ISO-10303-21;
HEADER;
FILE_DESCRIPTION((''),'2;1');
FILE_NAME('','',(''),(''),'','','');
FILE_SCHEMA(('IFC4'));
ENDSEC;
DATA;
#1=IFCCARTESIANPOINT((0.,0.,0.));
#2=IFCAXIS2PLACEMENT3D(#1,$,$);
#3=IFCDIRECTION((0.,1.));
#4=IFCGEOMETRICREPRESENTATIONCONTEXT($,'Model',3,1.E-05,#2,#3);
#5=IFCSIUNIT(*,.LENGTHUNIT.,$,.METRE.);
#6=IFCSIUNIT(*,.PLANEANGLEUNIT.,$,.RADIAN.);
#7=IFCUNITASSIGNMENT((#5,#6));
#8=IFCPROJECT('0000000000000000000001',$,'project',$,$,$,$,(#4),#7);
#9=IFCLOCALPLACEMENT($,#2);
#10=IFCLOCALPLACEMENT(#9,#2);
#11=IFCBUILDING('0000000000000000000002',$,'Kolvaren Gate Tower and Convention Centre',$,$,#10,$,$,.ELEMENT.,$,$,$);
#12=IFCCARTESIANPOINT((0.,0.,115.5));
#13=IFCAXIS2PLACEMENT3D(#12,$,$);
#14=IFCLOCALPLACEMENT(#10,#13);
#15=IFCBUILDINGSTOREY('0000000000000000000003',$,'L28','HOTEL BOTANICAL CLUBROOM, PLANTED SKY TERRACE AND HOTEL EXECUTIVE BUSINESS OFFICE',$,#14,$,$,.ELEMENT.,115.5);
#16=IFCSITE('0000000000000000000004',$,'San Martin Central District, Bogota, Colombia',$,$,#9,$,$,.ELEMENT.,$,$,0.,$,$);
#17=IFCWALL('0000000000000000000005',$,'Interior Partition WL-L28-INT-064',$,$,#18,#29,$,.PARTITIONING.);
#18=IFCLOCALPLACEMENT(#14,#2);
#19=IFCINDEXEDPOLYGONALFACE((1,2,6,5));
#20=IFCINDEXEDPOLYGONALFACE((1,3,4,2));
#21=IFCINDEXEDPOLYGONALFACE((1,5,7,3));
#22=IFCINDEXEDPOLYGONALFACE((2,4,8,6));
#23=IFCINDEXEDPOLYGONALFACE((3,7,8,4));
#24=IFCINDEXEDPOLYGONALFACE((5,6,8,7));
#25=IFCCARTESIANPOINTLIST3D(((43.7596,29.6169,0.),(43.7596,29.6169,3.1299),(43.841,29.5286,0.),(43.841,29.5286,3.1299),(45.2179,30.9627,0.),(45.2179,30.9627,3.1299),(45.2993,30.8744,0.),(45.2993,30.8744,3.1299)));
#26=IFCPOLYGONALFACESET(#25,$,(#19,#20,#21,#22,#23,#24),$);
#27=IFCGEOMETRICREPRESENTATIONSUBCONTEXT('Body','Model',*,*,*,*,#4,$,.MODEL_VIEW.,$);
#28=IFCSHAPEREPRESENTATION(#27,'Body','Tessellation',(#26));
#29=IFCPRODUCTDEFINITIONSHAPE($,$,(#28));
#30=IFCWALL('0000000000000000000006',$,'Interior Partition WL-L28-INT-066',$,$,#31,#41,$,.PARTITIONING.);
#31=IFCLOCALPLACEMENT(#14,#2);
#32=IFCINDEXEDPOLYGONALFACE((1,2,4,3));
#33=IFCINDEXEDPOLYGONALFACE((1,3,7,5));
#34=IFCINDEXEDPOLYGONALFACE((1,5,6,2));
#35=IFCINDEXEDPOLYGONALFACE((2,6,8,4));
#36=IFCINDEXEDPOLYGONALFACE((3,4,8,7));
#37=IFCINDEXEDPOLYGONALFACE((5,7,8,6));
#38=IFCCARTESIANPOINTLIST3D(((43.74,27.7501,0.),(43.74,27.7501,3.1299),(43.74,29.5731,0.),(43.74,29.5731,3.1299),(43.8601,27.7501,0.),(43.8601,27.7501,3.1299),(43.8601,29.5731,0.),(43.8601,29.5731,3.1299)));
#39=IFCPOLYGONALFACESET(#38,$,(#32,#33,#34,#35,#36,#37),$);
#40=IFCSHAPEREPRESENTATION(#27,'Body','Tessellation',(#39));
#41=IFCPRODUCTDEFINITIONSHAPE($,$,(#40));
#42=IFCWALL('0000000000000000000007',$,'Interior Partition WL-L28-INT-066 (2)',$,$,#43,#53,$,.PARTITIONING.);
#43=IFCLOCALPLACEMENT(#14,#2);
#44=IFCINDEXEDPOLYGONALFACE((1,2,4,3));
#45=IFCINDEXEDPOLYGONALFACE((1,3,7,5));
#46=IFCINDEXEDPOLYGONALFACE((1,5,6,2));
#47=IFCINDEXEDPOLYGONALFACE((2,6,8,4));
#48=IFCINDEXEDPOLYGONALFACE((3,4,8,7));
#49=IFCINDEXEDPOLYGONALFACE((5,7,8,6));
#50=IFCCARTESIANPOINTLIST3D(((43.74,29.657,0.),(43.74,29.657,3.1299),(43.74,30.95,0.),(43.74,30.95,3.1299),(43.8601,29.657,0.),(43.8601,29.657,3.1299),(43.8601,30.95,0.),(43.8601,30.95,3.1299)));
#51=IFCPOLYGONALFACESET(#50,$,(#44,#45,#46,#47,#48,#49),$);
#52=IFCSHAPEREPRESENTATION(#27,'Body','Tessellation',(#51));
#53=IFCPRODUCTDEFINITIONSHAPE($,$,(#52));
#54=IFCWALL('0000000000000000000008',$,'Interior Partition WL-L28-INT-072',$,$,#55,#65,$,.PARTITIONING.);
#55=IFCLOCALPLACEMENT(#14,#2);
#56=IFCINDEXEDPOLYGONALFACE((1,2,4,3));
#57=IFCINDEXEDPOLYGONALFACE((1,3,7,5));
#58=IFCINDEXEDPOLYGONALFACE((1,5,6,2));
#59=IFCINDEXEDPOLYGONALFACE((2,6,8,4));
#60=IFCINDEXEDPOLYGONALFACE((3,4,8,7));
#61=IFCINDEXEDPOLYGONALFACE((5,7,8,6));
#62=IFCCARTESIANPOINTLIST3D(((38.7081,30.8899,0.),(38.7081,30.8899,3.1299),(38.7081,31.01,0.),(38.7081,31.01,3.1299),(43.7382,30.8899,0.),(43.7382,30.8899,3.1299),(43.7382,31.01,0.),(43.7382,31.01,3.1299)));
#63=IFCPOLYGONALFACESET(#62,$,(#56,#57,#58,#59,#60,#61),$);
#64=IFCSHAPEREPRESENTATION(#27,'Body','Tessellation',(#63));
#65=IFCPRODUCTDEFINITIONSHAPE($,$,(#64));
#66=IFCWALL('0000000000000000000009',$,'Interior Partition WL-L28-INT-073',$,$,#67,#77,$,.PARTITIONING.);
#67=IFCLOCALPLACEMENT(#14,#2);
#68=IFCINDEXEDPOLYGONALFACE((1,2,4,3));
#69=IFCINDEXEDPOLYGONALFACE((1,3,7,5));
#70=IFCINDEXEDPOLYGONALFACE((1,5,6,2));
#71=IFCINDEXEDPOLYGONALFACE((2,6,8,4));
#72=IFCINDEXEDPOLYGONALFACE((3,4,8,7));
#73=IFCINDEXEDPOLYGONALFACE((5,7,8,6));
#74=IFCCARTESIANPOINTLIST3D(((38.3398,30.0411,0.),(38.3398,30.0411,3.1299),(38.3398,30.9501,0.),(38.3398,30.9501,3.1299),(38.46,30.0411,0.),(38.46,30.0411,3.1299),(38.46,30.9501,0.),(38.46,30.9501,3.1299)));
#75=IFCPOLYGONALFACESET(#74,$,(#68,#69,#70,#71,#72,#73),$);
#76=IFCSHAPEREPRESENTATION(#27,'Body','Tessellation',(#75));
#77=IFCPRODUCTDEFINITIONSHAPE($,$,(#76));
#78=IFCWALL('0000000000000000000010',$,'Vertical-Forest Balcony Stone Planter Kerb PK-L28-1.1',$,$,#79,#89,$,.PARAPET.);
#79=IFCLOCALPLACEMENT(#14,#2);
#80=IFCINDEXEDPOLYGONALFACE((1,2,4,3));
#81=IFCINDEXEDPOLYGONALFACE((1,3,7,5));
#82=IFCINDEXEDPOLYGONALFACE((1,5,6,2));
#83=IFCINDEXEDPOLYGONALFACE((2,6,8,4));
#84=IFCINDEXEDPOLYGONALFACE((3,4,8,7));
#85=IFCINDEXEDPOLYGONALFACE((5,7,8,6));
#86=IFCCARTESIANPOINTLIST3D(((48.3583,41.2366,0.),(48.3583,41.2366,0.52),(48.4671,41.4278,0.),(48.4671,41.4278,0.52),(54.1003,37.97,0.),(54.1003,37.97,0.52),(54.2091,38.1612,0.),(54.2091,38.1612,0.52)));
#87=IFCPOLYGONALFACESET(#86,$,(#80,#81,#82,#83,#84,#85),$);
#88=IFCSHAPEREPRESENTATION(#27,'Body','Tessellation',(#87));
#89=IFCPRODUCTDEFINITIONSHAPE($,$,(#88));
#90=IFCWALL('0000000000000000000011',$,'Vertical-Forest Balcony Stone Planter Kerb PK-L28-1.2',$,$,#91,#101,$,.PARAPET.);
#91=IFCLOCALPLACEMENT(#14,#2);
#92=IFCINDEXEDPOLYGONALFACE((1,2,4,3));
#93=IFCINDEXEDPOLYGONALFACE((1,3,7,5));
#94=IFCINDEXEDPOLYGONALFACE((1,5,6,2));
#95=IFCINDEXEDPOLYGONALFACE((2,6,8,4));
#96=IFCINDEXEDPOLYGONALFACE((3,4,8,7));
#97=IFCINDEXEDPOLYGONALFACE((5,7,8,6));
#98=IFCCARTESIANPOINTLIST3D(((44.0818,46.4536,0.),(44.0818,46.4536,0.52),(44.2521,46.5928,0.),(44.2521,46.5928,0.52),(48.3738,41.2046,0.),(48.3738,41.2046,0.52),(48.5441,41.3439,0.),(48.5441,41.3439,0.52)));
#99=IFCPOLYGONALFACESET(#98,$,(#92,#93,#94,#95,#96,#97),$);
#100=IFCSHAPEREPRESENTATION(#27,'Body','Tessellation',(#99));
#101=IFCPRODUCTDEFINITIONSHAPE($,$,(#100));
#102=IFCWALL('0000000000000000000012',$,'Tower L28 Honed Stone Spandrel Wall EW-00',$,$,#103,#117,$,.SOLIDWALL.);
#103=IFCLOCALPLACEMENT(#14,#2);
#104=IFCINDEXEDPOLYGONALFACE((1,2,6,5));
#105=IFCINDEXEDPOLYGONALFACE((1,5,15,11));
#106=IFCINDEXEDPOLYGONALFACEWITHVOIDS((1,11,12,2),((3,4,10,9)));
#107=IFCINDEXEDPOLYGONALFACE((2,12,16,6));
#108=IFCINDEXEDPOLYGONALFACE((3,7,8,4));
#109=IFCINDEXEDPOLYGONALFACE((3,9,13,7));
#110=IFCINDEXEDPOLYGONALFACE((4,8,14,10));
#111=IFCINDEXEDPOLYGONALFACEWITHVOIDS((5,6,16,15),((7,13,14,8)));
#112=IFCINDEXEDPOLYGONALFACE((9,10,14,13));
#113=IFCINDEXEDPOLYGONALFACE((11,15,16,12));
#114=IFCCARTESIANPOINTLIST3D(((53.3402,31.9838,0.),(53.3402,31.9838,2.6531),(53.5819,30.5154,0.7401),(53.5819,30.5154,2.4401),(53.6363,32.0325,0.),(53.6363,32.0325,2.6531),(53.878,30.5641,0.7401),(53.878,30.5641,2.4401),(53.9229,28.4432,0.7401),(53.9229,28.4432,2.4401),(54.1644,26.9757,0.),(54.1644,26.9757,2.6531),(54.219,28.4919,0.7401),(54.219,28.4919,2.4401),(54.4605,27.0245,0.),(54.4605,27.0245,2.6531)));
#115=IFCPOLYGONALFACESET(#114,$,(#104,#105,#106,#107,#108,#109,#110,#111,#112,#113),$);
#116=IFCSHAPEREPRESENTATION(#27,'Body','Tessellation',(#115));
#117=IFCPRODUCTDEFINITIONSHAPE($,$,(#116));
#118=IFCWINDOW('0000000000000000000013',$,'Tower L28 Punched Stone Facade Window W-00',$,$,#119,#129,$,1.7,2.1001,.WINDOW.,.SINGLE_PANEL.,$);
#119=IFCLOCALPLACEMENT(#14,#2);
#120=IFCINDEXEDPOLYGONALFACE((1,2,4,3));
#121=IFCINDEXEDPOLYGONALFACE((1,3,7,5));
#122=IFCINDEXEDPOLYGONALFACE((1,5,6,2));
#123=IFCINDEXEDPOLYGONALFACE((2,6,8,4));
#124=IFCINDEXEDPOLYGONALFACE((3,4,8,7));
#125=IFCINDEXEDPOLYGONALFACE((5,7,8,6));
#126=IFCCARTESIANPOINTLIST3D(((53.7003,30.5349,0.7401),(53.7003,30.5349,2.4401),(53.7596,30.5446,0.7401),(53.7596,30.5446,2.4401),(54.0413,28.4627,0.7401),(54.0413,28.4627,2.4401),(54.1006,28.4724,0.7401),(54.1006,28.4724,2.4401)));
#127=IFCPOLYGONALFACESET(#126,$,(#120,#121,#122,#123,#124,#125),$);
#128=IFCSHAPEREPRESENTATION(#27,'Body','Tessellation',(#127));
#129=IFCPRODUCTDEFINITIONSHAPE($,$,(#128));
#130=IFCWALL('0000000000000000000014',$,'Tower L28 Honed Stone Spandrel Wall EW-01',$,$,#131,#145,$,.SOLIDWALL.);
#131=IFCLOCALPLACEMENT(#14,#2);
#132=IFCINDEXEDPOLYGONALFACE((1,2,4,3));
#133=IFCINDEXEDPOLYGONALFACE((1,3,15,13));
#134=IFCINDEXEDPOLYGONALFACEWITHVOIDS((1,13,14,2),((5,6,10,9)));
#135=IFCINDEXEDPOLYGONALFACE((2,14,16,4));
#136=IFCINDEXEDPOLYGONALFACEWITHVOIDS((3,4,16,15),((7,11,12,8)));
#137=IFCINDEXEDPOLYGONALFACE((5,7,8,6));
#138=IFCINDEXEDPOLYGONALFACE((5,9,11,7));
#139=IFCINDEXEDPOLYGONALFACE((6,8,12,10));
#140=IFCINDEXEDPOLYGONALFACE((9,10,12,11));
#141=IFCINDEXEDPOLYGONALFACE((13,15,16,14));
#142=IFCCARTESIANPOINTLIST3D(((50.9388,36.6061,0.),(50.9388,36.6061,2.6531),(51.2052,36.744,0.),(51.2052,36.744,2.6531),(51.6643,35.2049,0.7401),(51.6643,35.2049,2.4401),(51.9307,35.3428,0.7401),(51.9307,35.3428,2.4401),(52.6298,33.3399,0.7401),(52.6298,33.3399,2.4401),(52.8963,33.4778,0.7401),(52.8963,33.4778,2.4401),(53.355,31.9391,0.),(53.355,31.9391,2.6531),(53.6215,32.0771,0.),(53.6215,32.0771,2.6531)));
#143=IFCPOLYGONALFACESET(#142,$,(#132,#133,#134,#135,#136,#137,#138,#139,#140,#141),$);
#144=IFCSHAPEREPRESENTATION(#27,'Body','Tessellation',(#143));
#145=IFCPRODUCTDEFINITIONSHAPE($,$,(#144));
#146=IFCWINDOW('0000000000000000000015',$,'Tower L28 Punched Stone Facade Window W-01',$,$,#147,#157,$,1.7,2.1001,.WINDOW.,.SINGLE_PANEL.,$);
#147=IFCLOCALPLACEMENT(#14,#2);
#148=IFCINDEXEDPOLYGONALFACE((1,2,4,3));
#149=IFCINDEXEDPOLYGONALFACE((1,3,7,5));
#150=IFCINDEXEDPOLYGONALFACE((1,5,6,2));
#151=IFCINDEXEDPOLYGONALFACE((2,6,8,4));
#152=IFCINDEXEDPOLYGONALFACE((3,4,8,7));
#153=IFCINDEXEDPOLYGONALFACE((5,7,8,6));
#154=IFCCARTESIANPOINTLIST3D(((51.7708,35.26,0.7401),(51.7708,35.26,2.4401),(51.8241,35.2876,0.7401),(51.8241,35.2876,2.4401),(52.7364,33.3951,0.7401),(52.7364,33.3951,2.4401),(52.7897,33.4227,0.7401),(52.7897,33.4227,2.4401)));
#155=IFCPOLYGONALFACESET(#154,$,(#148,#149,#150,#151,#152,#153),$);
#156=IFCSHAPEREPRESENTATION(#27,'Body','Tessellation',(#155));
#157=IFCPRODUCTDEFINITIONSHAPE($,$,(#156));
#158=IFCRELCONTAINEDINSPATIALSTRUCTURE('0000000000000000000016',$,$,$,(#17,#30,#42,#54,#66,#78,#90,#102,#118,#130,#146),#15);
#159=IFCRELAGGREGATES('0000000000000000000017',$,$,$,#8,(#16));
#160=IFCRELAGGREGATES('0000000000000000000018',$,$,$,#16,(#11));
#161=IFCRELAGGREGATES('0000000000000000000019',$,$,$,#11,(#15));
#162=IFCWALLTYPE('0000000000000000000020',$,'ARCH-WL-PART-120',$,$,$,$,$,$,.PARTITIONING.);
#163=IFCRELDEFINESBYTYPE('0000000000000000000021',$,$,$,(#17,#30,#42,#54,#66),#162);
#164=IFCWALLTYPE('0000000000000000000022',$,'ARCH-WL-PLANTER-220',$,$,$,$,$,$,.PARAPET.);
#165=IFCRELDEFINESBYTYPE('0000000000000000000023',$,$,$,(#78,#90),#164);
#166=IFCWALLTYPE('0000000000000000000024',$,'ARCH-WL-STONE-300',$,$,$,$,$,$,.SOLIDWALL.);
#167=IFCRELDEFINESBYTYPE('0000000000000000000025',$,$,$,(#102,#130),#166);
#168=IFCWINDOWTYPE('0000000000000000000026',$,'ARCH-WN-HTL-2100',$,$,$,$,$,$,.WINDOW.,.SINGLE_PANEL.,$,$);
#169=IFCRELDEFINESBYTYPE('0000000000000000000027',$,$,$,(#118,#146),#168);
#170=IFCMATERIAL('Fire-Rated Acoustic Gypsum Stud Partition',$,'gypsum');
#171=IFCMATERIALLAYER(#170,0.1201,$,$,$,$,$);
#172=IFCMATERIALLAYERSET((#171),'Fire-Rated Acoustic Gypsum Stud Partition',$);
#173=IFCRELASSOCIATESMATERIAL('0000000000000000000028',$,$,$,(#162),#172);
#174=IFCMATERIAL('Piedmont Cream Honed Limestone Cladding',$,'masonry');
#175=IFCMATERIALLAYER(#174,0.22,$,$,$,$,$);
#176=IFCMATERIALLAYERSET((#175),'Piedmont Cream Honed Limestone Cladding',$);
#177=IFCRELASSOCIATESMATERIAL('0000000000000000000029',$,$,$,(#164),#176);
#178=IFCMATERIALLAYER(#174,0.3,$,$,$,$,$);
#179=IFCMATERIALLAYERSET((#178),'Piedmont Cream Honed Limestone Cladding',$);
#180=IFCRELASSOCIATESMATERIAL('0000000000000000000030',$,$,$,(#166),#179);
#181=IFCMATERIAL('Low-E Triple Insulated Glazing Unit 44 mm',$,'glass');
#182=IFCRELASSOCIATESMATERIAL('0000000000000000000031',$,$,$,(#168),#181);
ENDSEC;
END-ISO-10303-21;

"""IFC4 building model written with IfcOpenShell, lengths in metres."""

from ifc_helpers import new_model, si_unit, direction, frame, frame_2d, origin, place, context, subcontext, project, spatial, rectangle, extrude, material, layer, layer_set, type_object, element, fill, save


model = new_model("IFC4")

# Units and contexts
model_context = context("Model", 3, precision=1e-05, world=origin(), true_north=direction((0.0, 1.0)))
body_context = subcontext(model_context, "Body", "Model", "MODEL_VIEW")
ifc_project = project(units=[si_unit("LENGTHUNIT", "METRE"), si_unit("PLANEANGLEUNIT", "RADIAN")], contexts=[model_context])

# Site, building, storey
site_placement = place(None, origin())
site = spatial("IfcSite", under=ifc_project, at=site_placement, Name="San Martin Central District, Bogota, Colombia", CompositionType="ELEMENT", RefElevation=0.0)
building_placement = place(site_placement, origin())
building = spatial("IfcBuilding", under=site, at=building_placement, Name="Kolvaren Gate Tower and Convention Centre", CompositionType="ELEMENT")
storey_placement = place(building_placement, frame((0.0, 0.0, 115.5)))
storey = spatial("IfcBuildingStorey", under=building, at=storey_placement, Name="L28", Description="HOTEL BOTANICAL CLUBROOM, PLANTED SKY TERRACE AND HOTEL EXECUTIVE BUSINESS OFFICE", CompositionType="ELEMENT", Elevation=115.5)

# Walls
ifc_material_1 = material(Name="Fire-Rated Acoustic Gypsum Stud Partition", Category="gypsum")
ifc_layer_1 = layer(ifc_material_1, 0.1201)
ifc_layer_set_1 = layer_set([ifc_layer_1], Name="Fire-Rated Acoustic Gypsum Stud Partition")
wall_type_1 = type_object("IfcWallType", Name="ARCH-WL-PART-120", PredefinedType="PARTITIONING", material=ifc_layer_set_1)
wall_1_placement = place(storey_placement, frame((43.8003, 29.5728, 0.0), z_axis=(0.0, 0.0, 1.0), x_axis=(0.734898, 0.678178, 0.0)))
element("IfcWall", 1, at=wall_1_placement, inside=storey, type_object=wall_type_1, Name="Interior Partition WL-L28-INT-064", PredefinedType="PARTITIONING", context=body_context, shape_type="SweptSolid", body=[
    extrude(rectangle(XDim=1.9844, YDim=0.1201, at=frame_2d((0.9922, 0.0))), origin(), (0.0, 0.0, 1.0), 3.1299),
])
wall_2_placement = place(storey_placement, frame((43.8, 27.75, 0.0), z_axis=(0.0, 0.0, 1.0), x_axis=(0.0, 1.0, 0.0)))
element("IfcWall", 2, at=wall_2_placement, inside=storey, type_object=wall_type_1, Name="Interior Partition WL-L28-INT-066", PredefinedType="PARTITIONING", context=body_context, shape_type="SweptSolid", body=[
    extrude(rectangle(XDim=1.823, YDim=0.1201, at=frame_2d((0.9116, 0.0))), origin(), (0.0, 0.0, 1.0), 3.1299),
])
wall_3_placement = place(storey_placement, frame((43.8, 29.657, 0.0), z_axis=(0.0, 0.0, 1.0), x_axis=(0.0, 1.0, 0.0)))
element("IfcWall", 3, at=wall_3_placement, inside=storey, type_object=wall_type_1, Name="Interior Partition WL-L28-INT-066 (2)", PredefinedType="PARTITIONING", context=body_context, shape_type="SweptSolid", body=[
    extrude(rectangle(XDim=1.293, YDim=0.1201, at=frame_2d((0.6465, 0.0))), origin(), (0.0, 0.0, 1.0), 3.1299),
])
wall_4_placement = place(storey_placement, frame((38.708, 30.95, 0.0), z_axis=(0.0, 0.0, 1.0), x_axis=(1.0, 0.0, 0.0)))
element("IfcWall", 4, at=wall_4_placement, inside=storey, type_object=wall_type_1, Name="Interior Partition WL-L28-INT-072", PredefinedType="PARTITIONING", context=body_context, shape_type="SweptSolid", body=[
    extrude(rectangle(XDim=5.03, YDim=0.1201, at=frame_2d((2.5151, 0.0))), origin(), (0.0, 0.0, 1.0), 3.1299),
])
wall_5_placement = place(storey_placement, frame((38.3999, 30.041, 0.0), z_axis=(0.0, 0.0, 1.0), x_axis=(0.0, 1.0, 0.0)))
element("IfcWall", 5, at=wall_5_placement, inside=storey, type_object=wall_type_1, Name="Interior Partition WL-L28-INT-073", PredefinedType="PARTITIONING", context=body_context, shape_type="SweptSolid", body=[
    extrude(rectangle(XDim=0.9089, YDim=0.1201, at=frame_2d((0.4546, 0.0))), origin(), (0.0, 0.0, 1.0), 3.1299),
])
ifc_material_2 = material(Name="Piedmont Cream Honed Limestone Cladding", Category="masonry")
ifc_layer_2 = layer(ifc_material_2, 0.22)
ifc_layer_set_2 = layer_set([ifc_layer_2], Name="Piedmont Cream Honed Limestone Cladding")
wall_type_2 = type_object("IfcWallType", Name="ARCH-WL-PLANTER-220", PredefinedType="PARAPET", material=ifc_layer_set_2)
wall_6_placement = place(storey_placement, frame((48.4126, 41.3323, 0.0), z_axis=(0.0, 0.0, 1.0), x_axis=(0.869188, -0.494482, 0.0)))
element("IfcWall", 6, at=wall_6_placement, inside=storey, type_object=wall_type_2, Name="Vertical-Forest Balcony Stone Planter Kerb PK-L28-1.1", PredefinedType="PARAPET", context=body_context, shape_type="SweptSolid", body=[
    extrude(rectangle(XDim=6.6062, YDim=0.22, at=frame_2d((3.3032, 0.0))), origin(), (0.0, 0.0, 1.0), 0.52),
])
wall_7_placement = place(storey_placement, frame((44.167, 46.5232, 0.0), z_axis=(0.0, 0.0, 1.0), x_axis=(0.633002, -0.77415, 0.0)))
element("IfcWall", 7, at=wall_7_placement, inside=storey, type_object=wall_type_2, Name="Vertical-Forest Balcony Stone Planter Kerb PK-L28-1.2", PredefinedType="PARAPET", context=body_context, shape_type="SweptSolid", body=[
    extrude(rectangle(XDim=6.7803, YDim=0.22, at=frame_2d((3.3901, 0.0))), origin(), (0.0, 0.0, 1.0), 0.52),
])

# Walls, openings, windows
ifc_layer_3 = layer(ifc_material_2, 0.3)
ifc_layer_set_3 = layer_set([ifc_layer_3], Name="Piedmont Cream Honed Limestone Cladding")
wall_type_3 = type_object("IfcWallType", Name="ARCH-WL-STONE-300", PredefinedType="SOLIDWALL", material=ifc_layer_set_3)
wall_8_placement = place(storey_placement, frame((53.4883, 32.0081, 0.0), z_axis=(0.0, 0.0, 1.0), x_axis=(0.162394, -0.986726, 0.0)))
wall_8 = element("IfcWall", 8, at=wall_8_placement, inside=storey, type_object=wall_type_3, Name="Tower L28 Honed Stone Spandrel Wall EW-00", PredefinedType="SOLIDWALL", context=body_context, shape_type="SweptSolid", body=[
    extrude(rectangle(XDim=5.0754, YDim=0.3, at=frame_2d((2.5376, 0.0))), origin(), (0.0, 0.0, 1.0), 2.6531),
])
opening_1_placement = place(wall_8_placement, frame((1.488, 0.0, 0.74)))
opening_1 = element("IfcOpeningElement", 9, at=opening_1_placement, cuts=wall_8, PredefinedType="OPENING", context=body_context, shape_type="SweptSolid", body=[
    extrude(rectangle(XDim=2.1001, YDim=1.7, at=frame_2d((1.05, 0.8501))), frame((0.0, 0.1599, 0.0), z_axis=(0.0, -1.0, 0.0), x_axis=(1.0, 0.0, 0.0)), (0.0, 0.0, 1.0), 0.3201),
])
ifc_material_3 = material(Name="Low-E Triple Insulated Glazing Unit 44 mm", Category="glass")
window_type = type_object("IfcWindowType", Name="ARCH-WN-HTL-2100", PartitioningType="SINGLE_PANEL", PredefinedType="WINDOW", material=ifc_material_3)
window_1_placement = place(opening_1_placement, origin())
window_1 = element("IfcWindow", 10, at=window_1_placement, inside=storey, type_object=window_type, Name="Tower L28 Punched Stone Facade Window W-00", OverallHeight=1.7, OverallWidth=2.1001, PartitioningType="SINGLE_PANEL", PredefinedType="WINDOW", context=body_context, shape_type="SweptSolid", body=[
    extrude(rectangle(XDim=2.1001, YDim=1.7, at=frame_2d((1.05, 0.8501))), frame((0.0, 0.03, 0.0), z_axis=(0.0, -1.0, 0.0), x_axis=(1.0, 0.0, 0.0)), (0.0, 0.0, 1.0), 0.0601),
])
fill(opening_1, window_1)
wall_9_placement = place(storey_placement, frame((51.072, 36.675, 0.0), z_axis=(0.0, 0.0, 1.0), x_axis=(0.459768, -0.888039, 0.0)))
wall_9 = element("IfcWall", 11, at=wall_9_placement, inside=storey, type_object=wall_type_3, Name="Tower L28 Honed Stone Spandrel Wall EW-01", PredefinedType="SOLIDWALL", context=body_context, shape_type="SweptSolid", body=[
    extrude(rectangle(XDim=5.2554, YDim=0.3, at=frame_2d((2.6277, 0.0))), origin(), (0.0, 0.0, 1.0), 2.6531),
])
opening_2_placement = place(wall_9_placement, frame((1.5779, 0.0, 0.74)))
opening_2 = element("IfcOpeningElement", 12, at=opening_2_placement, cuts=wall_9, PredefinedType="OPENING", context=body_context, shape_type="SweptSolid", body=[
    extrude(rectangle(XDim=2.1001, YDim=1.7, at=frame_2d((1.05, 0.8501))), frame((0.0, 0.1599, 0.0), z_axis=(0.0, -1.0, 0.0), x_axis=(1.0, 0.0, 0.0)), (0.0, 0.0, 1.0), 0.3201),
])
window_2_placement = place(opening_2_placement, origin())
window_2 = element("IfcWindow", 13, at=window_2_placement, inside=storey, type_object=window_type, Name="Tower L28 Punched Stone Facade Window W-01", OverallHeight=1.7, OverallWidth=2.1001, PartitioningType="SINGLE_PANEL", PredefinedType="WINDOW", context=body_context, shape_type="SweptSolid", body=[
    extrude(rectangle(XDim=2.1001, YDim=1.7, at=frame_2d((1.05, 0.8501))), frame((0.0, 0.03, 0.0), z_axis=(0.0, -1.0, 0.0), x_axis=(1.0, 0.0, 0.0)), (0.0, 0.0, 1.0), 0.0601),
])
fill(opening_2, window_2)

save(model, "model.ifc")
